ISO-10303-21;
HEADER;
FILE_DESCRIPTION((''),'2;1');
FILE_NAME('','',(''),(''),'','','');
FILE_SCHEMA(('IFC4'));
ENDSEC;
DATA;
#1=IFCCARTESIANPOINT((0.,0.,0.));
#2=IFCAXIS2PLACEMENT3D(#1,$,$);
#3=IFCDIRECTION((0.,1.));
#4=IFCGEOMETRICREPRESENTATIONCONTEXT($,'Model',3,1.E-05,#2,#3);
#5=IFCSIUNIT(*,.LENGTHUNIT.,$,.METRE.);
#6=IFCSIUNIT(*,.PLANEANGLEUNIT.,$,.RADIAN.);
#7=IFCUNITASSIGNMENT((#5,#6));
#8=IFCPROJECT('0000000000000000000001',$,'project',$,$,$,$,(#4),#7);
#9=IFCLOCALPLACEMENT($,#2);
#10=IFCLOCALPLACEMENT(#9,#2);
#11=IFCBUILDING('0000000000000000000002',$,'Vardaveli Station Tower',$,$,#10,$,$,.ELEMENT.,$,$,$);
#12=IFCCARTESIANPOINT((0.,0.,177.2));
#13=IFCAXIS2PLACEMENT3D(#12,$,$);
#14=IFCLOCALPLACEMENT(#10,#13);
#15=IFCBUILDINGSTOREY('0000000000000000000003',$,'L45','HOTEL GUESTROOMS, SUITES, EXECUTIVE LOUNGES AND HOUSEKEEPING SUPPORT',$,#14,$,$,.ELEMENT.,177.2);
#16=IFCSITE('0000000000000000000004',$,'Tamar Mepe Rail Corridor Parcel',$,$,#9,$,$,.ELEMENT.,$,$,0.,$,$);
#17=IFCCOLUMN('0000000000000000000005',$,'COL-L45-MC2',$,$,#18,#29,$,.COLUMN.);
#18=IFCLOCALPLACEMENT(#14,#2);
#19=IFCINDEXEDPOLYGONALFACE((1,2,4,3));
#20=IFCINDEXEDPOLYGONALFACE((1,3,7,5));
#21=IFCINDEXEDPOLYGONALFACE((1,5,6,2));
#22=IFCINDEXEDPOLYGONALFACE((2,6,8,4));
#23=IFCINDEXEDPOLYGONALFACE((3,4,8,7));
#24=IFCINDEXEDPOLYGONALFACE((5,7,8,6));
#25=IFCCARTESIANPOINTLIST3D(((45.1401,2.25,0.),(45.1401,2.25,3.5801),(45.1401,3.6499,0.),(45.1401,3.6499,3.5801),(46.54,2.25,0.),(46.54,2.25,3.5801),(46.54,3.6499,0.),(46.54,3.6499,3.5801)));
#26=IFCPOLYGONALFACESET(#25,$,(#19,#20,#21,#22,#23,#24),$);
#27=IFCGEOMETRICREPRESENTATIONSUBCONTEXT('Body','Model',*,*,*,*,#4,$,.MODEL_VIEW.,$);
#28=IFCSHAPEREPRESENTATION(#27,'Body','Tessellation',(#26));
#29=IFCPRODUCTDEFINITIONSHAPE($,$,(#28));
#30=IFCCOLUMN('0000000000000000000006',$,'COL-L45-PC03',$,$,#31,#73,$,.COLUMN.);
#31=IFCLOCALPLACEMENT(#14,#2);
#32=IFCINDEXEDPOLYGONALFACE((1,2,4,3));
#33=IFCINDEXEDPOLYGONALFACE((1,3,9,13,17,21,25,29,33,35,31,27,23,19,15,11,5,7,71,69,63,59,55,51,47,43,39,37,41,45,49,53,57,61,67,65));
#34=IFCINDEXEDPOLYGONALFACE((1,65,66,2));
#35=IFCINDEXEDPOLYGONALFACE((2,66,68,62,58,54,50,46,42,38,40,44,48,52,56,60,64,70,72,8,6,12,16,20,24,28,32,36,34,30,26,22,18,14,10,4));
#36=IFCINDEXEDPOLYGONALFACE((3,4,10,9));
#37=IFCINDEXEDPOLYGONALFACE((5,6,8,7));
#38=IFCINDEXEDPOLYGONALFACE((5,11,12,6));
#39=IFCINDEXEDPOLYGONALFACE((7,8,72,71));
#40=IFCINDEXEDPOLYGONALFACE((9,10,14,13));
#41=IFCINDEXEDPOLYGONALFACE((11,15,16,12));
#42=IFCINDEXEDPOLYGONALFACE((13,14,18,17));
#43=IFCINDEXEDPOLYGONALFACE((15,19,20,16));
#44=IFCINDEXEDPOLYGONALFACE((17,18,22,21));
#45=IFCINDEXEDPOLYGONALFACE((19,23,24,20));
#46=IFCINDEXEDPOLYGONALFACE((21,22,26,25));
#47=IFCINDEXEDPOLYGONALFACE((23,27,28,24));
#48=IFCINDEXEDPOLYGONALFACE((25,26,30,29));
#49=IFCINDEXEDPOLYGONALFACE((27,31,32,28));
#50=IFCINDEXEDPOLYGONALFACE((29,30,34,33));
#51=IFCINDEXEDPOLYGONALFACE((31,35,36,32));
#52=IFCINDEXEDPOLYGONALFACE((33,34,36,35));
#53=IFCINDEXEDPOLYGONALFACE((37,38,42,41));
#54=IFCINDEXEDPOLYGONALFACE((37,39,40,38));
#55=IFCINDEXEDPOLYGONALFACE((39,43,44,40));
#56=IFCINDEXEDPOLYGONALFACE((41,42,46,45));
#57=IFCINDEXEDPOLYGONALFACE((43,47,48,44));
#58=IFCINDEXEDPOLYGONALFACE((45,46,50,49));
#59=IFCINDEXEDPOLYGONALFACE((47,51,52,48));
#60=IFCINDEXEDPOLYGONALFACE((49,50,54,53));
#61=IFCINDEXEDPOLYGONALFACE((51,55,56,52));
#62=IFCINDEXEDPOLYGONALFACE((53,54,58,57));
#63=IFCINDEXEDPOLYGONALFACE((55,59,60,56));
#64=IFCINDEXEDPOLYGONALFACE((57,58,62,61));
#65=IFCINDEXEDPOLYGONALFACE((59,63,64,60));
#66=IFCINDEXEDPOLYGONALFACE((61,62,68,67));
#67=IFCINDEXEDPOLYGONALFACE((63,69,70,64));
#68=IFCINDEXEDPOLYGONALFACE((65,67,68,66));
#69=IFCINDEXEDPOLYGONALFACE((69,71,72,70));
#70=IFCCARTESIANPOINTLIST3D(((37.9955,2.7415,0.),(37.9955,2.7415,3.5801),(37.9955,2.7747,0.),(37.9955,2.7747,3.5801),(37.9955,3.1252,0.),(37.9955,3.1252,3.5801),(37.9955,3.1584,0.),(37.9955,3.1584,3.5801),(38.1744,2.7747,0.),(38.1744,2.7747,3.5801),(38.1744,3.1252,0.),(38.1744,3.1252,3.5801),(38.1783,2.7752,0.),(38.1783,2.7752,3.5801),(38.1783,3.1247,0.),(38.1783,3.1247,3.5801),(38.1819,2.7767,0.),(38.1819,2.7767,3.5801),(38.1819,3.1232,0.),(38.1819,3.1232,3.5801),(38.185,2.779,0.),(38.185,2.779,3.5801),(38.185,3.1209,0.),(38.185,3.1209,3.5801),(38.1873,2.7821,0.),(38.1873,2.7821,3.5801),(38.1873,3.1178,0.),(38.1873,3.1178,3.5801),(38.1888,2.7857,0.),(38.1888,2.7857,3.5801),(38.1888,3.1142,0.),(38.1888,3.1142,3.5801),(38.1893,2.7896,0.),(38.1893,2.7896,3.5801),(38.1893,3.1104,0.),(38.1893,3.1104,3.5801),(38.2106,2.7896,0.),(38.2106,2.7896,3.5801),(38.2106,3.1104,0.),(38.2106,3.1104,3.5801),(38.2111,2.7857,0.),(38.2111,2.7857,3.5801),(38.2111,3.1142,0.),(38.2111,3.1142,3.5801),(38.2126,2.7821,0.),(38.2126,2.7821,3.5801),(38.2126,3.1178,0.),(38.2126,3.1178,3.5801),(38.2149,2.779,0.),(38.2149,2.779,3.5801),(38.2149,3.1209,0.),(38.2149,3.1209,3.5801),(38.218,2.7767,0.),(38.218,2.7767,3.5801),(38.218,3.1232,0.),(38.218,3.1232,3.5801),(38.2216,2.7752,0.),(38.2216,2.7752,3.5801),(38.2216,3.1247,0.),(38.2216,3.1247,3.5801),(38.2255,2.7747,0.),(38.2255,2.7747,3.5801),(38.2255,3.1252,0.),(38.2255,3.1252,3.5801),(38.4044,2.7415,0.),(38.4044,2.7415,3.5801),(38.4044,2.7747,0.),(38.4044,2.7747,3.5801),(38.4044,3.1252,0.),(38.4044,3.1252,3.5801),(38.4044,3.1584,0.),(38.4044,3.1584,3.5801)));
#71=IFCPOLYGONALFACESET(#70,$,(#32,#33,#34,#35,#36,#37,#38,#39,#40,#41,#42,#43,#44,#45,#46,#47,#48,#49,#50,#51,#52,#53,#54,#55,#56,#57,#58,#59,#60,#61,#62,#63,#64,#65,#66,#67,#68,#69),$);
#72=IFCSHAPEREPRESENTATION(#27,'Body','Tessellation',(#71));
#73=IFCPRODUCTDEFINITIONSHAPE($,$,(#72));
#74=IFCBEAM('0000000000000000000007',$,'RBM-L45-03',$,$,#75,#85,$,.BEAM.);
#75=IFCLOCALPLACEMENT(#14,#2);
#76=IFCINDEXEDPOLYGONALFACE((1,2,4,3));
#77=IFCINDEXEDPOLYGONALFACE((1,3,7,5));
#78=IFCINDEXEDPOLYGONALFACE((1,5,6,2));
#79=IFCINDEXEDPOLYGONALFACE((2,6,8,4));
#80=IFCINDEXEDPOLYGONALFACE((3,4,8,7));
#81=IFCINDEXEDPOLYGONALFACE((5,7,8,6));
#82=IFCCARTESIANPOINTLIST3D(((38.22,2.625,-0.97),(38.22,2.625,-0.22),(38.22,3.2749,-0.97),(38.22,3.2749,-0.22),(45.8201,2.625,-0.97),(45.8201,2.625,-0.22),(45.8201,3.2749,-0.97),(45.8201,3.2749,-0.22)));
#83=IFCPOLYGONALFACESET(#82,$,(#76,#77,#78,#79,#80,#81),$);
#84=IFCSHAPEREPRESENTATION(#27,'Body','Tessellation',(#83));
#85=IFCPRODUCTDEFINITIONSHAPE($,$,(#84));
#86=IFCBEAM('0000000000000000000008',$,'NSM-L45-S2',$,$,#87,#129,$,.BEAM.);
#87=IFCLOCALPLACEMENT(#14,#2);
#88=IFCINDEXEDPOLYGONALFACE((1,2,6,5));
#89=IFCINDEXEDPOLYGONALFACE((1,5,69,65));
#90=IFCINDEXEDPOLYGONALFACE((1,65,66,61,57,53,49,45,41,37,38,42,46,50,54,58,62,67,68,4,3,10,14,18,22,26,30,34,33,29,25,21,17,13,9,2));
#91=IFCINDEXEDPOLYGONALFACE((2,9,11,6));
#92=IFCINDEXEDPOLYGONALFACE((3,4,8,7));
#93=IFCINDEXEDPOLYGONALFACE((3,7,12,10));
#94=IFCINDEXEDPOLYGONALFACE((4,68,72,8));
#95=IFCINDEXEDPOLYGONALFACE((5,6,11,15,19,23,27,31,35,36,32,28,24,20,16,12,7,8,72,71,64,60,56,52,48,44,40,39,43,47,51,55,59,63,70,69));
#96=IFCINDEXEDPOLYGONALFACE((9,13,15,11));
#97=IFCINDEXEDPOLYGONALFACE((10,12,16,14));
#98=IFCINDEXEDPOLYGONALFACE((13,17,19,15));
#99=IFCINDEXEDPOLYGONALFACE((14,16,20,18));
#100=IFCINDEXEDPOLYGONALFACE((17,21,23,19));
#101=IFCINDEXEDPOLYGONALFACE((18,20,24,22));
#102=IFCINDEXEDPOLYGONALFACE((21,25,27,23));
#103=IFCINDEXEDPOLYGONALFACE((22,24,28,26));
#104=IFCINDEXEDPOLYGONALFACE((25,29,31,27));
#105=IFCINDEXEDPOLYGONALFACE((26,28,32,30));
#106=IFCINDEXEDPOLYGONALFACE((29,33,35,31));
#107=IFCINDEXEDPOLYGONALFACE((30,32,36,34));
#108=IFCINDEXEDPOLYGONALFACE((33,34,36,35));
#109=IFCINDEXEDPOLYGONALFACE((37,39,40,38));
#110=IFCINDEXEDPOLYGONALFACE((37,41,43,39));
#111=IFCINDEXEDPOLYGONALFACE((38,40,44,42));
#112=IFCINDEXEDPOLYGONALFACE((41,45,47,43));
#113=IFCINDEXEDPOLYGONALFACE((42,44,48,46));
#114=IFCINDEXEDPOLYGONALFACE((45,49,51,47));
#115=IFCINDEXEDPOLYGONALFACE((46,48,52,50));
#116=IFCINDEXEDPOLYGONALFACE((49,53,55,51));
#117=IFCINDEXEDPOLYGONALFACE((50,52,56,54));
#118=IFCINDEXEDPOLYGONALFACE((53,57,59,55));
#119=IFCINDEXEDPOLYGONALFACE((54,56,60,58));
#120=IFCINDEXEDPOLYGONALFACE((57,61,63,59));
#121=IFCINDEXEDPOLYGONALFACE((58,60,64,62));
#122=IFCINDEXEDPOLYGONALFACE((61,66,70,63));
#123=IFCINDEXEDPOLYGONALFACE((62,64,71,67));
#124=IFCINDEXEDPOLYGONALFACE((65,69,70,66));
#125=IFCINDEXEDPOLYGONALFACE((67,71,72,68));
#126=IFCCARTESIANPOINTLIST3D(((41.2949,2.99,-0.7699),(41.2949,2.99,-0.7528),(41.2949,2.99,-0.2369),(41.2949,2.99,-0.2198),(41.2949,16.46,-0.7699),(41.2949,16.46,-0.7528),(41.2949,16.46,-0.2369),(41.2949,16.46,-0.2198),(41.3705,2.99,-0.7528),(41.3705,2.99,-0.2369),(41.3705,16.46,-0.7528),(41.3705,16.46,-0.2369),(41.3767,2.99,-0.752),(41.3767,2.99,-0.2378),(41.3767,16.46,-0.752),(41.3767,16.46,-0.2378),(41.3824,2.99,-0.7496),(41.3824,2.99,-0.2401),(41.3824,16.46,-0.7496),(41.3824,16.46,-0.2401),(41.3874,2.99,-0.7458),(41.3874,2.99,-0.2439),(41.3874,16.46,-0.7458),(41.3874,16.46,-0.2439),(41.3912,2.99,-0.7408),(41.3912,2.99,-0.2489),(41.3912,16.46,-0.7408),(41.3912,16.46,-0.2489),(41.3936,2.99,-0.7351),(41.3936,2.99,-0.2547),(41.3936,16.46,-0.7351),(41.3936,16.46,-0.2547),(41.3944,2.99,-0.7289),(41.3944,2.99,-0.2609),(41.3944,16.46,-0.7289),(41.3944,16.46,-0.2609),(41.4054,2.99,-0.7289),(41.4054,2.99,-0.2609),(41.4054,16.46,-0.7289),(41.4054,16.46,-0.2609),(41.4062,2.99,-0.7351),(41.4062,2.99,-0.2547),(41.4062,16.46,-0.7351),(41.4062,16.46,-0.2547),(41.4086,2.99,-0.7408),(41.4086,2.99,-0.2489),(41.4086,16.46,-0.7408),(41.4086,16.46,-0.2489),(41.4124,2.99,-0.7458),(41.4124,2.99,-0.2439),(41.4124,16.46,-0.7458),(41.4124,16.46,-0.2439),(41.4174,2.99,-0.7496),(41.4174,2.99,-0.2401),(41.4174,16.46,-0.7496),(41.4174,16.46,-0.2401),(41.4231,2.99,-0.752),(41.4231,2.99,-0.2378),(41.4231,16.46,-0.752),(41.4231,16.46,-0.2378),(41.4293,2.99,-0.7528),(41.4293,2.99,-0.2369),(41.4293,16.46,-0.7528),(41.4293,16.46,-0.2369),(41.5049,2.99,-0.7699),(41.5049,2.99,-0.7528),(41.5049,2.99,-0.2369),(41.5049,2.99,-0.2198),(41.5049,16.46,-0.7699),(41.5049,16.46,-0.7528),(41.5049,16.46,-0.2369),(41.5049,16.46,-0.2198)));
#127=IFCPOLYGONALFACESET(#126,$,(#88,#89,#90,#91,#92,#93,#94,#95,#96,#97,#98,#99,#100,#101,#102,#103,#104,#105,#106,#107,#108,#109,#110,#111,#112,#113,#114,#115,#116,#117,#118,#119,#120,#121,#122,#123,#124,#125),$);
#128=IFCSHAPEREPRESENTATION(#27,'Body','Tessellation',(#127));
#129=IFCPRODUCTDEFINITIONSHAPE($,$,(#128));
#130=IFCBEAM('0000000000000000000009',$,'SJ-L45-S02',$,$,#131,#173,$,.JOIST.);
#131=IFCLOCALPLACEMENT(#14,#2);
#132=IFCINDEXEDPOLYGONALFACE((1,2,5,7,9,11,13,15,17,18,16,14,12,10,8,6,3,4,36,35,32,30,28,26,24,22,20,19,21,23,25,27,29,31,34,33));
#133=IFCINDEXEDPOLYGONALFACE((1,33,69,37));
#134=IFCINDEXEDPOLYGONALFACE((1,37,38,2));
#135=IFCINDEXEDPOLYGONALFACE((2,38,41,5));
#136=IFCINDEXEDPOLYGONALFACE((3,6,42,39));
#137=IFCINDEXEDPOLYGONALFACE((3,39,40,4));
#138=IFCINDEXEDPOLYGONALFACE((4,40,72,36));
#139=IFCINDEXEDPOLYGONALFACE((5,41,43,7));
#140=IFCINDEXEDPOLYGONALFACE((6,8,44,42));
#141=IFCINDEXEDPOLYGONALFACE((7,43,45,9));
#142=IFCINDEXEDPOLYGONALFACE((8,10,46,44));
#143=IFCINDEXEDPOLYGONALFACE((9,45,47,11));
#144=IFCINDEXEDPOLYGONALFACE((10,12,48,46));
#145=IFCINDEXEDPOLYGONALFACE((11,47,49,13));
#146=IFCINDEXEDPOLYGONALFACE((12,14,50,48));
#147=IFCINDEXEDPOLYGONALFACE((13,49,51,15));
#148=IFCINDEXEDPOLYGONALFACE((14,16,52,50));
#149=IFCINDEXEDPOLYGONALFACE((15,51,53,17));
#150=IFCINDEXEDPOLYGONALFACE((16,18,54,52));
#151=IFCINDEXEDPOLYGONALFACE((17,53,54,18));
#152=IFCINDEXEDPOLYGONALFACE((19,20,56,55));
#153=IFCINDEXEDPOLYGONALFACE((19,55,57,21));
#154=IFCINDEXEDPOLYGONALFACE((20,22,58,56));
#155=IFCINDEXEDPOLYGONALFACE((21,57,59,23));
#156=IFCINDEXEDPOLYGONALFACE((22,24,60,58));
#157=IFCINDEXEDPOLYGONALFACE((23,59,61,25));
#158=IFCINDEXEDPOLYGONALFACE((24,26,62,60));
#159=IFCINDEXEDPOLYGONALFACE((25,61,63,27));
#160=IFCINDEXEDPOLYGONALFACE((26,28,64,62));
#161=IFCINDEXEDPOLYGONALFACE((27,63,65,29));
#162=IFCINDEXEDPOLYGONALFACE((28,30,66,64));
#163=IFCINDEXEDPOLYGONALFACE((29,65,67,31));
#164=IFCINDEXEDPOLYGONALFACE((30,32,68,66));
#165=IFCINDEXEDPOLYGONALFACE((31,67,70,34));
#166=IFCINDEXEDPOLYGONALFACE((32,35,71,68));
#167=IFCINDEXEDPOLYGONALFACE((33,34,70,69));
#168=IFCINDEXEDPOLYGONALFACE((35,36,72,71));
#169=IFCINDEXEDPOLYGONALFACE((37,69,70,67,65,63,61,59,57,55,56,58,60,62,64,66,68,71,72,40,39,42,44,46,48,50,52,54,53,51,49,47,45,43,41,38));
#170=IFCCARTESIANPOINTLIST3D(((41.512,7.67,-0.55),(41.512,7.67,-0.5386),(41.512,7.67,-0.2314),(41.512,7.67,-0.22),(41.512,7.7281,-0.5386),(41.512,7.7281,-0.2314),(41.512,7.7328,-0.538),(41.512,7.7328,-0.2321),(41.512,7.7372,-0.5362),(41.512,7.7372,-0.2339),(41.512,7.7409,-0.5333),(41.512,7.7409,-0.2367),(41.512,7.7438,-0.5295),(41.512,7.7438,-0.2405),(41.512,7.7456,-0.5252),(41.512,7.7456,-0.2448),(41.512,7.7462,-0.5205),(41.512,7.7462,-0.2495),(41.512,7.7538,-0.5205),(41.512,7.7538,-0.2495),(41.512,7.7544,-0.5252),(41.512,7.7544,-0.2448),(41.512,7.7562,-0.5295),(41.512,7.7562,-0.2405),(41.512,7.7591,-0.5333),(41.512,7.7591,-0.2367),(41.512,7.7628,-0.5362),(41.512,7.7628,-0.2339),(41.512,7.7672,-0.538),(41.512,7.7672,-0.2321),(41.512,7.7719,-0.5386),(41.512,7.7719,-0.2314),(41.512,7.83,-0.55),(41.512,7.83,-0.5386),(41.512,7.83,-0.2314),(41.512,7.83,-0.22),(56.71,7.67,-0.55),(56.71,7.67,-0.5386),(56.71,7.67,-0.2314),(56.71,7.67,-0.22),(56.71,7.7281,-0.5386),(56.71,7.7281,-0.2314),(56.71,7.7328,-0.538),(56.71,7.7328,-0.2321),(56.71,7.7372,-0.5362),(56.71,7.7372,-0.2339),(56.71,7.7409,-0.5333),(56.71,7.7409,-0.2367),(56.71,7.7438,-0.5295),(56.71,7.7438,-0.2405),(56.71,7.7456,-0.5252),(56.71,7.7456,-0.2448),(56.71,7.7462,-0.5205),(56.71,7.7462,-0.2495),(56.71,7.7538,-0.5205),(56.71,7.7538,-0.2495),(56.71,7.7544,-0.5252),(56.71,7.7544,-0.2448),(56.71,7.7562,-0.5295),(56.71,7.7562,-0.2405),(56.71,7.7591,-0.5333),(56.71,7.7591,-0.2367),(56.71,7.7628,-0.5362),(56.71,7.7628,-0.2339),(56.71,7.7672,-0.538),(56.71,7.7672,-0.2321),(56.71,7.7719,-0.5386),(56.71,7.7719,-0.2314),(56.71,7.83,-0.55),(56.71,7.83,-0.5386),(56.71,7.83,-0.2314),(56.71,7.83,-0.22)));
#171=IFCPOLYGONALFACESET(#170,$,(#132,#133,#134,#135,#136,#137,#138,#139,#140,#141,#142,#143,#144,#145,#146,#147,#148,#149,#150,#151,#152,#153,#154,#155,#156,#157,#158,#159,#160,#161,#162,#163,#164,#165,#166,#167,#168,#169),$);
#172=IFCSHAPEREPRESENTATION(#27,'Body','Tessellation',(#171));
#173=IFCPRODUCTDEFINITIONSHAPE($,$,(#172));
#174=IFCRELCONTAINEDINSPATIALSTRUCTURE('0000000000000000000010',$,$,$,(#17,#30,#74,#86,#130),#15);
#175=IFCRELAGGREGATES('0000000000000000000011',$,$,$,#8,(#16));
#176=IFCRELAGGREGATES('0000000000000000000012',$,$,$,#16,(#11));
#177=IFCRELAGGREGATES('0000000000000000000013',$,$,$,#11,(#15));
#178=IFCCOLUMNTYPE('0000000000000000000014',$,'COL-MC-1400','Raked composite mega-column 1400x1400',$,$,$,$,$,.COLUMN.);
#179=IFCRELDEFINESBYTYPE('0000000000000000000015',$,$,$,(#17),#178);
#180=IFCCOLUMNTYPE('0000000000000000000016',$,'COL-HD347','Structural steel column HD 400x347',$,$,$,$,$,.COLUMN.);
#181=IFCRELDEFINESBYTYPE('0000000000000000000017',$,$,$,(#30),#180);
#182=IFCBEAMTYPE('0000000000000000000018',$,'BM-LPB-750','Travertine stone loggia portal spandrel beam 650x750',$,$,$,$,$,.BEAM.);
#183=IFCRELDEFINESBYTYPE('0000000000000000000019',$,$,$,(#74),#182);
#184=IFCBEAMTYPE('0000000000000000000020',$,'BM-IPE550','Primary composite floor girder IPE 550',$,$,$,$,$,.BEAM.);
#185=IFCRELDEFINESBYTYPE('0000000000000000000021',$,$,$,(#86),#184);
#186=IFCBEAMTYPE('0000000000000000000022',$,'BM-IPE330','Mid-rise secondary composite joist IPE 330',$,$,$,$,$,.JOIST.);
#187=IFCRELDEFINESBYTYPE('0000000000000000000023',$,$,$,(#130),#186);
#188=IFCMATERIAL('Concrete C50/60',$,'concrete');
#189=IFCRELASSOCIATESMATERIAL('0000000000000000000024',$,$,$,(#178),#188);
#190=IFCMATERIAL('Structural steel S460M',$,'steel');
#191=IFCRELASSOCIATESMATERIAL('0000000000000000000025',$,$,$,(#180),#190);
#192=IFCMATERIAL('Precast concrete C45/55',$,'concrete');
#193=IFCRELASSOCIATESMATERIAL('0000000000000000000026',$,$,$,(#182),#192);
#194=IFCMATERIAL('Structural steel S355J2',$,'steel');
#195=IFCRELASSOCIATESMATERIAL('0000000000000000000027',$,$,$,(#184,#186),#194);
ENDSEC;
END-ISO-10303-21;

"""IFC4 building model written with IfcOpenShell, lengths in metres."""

from ifc_helpers import new_model, si_unit, direction, frame, origin, origin_2d, place, context, subcontext, project, spatial, rectangle, i_section, extrude, source, transform, mapped, material, material_profile, profile_set, type_object, element, save


model = new_model("IFC4")

# Units and contexts
model_context = context("Model", 3, precision=1e-05, world=origin(), true_north=direction((0.0, 1.0)))
body_context = subcontext(model_context, "Body", "Model", "MODEL_VIEW")
ifc_project = project(units=[si_unit("LENGTHUNIT", "METRE"), si_unit("PLANEANGLEUNIT", "RADIAN")], contexts=[model_context])

# Site, building, storey
site_placement = place(None, origin())
site = spatial("IfcSite", under=ifc_project, at=site_placement, Name="Tamar Mepe Rail Corridor Parcel", CompositionType="ELEMENT", RefElevation=0.0)
building_placement = place(site_placement, origin())
building = spatial("IfcBuilding", under=site, at=building_placement, Name="Vardaveli Station Tower", CompositionType="ELEMENT")
storey_placement = place(building_placement, frame((0.0, 0.0, 177.2)))
storey = spatial("IfcBuildingStorey", under=building, at=storey_placement, Name="L45", Description="HOTEL GUESTROOMS, SUITES, EXECUTIVE LOUNGES AND HOUSEKEEPING SUPPORT", CompositionType="ELEMENT", Elevation=177.2)

# Columns
ifc_material_1 = material(Name="Concrete C50/60", Category="concrete")
ifc_material_profile_1 = material_profile(ifc_material_1, rectangle(XDim=1.3999, YDim=1.3999, at=origin_2d()), Name="MC 1400x1400")
ifc_profile_set_1 = profile_set([ifc_material_profile_1], Name="Concrete C50/60")
column_type_1 = type_object("IfcColumnType", Name="COL-MC-1400", Description="Raked composite mega-column 1400x1400", PredefinedType="COLUMN", material=ifc_profile_set_1)
shared_shape_1 = source(origin(), body_context, "Body", "SweptSolid", [
    extrude(rectangle(XDim=1.3999, YDim=1.3999, at=origin_2d()), origin(), (0.0, 0.0, 1.0), 3.5801),
])
column_1_placement = place(storey_placement, frame((45.8401, 2.95, 0.0), z_axis=(0.0, 0.0, 1.0), x_axis=(1.0, 0.0, 0.0)))
element("IfcColumn", 1, at=column_1_placement, inside=storey, type_object=column_type_1, Name="COL-L45-MC2", PredefinedType="COLUMN", context=body_context, shape_type="MappedRepresentation", body=[
    mapped(shared_shape_1, transform((0.0, 0.0, 0.0), scale=1.0)),
])
ifc_material_2 = material(Name="Structural steel S460M", Category="steel")
ifc_material_profile_2 = material_profile(ifc_material_2, i_section(OverallWidth=0.4089, OverallDepth=0.417, WebThickness=0.0212, FlangeThickness=0.0332, FilletRadius=0.0149, at=origin_2d()), Name="HD 400x347")
ifc_profile_set_2 = profile_set([ifc_material_profile_2], Name="Structural steel S460M")
column_type_2 = type_object("IfcColumnType", Name="COL-HD347", Description="Structural steel column HD 400x347", PredefinedType="COLUMN", material=ifc_profile_set_2)
shared_shape_2 = source(origin(), body_context, "Body", "SweptSolid", [
    extrude(i_section(OverallWidth=0.4089, OverallDepth=0.417, WebThickness=0.0212, FlangeThickness=0.0332, FilletRadius=0.0149, at=origin_2d()), origin(), (0.0, 0.0, 1.0), 3.5801),
])
column_2_placement = place(storey_placement, frame((38.2, 2.95, 0.0), z_axis=(0.0, 0.0, 1.0), x_axis=(1.0, 0.0, 0.0)))
element("IfcColumn", 2, at=column_2_placement, inside=storey, type_object=column_type_2, Name="COL-L45-PC03", PredefinedType="COLUMN", context=body_context, shape_type="MappedRepresentation", body=[
    mapped(shared_shape_2, transform((0.0, 0.0, 0.0), scale=1.0)),
])

# Beams
ifc_material_3 = material(Name="Precast concrete C45/55", Category="concrete")
ifc_material_profile_3 = material_profile(ifc_material_3, rectangle(XDim=0.6499, YDim=0.75, at=origin_2d()), Name="LPB 650x750")
ifc_profile_set_3 = profile_set([ifc_material_profile_3], Name="Precast concrete C45/55")
beam_type_1 = type_object("IfcBeamType", Name="BM-LPB-750", Description="Travertine stone loggia portal spandrel beam 650x750", PredefinedType="BEAM", material=ifc_profile_set_3)
shared_shape_3 = source(origin(), body_context, "Body", "SweptSolid", [
    extrude(rectangle(XDim=0.6499, YDim=0.75, at=origin_2d()), origin(), (0.0, 0.0, 1.0), 7.6001),
])
beam_1_placement = place(storey_placement, frame((38.22, 2.95, -0.595), z_axis=(1.0, 0.0, 0.0), x_axis=(0.0, 1.0, 0.0)))
element("IfcBeam", 3, at=beam_1_placement, inside=storey, type_object=beam_type_1, Name="RBM-L45-03", PredefinedType="BEAM", context=body_context, shape_type="MappedRepresentation", body=[
    mapped(shared_shape_3, transform((0.0, 0.0, 0.0), scale=1.0)),
])
ifc_material_4 = material(Name="Structural steel S355J2", Category="steel")
ifc_material_profile_4 = material_profile(ifc_material_4, i_section(OverallWidth=0.21, OverallDepth=0.55, WebThickness=0.011, FlangeThickness=0.0171, FilletRadius=0.0239, at=origin_2d()), Name="IPE 550")
ifc_profile_set_4 = profile_set([ifc_material_profile_4], Name="Structural steel S355J2")
beam_type_2 = type_object("IfcBeamType", Name="BM-IPE550", Description="Primary composite floor girder IPE 550", PredefinedType="BEAM", material=ifc_profile_set_4)
shared_shape_4 = source(origin(), body_context, "Body", "SweptSolid", [
    extrude(i_section(OverallWidth=0.21, OverallDepth=0.55, WebThickness=0.011, FlangeThickness=0.0171, FilletRadius=0.0239, at=origin_2d()), origin(), (0.0, 0.0, 1.0), 13.47),
])
beam_2_placement = place(storey_placement, frame((41.3999, 2.99, -0.4949), z_axis=(0.0, 1.0, 0.0), x_axis=(-1.0, 0.0, 0.0)))
element("IfcBeam", 4, at=beam_2_placement, inside=storey, type_object=beam_type_2, Name="NSM-L45-S2", PredefinedType="BEAM", context=body_context, shape_type="MappedRepresentation", body=[
    mapped(shared_shape_4, transform((0.0, 0.0, 0.0), scale=1.0)),
])
ifc_material_profile_5 = material_profile(ifc_material_4, i_section(OverallWidth=0.1599, OverallDepth=0.3301, WebThickness=0.0076, FlangeThickness=0.0115, FilletRadius=0.0181, at=origin_2d()), Name="IPE 330")
ifc_profile_set_5 = profile_set([ifc_material_profile_5], Name="Structural steel S355J2")
beam_type_3 = type_object("IfcBeamType", Name="BM-IPE330", Description="Mid-rise secondary composite joist IPE 330", PredefinedType="JOIST", material=ifc_profile_set_5)
shared_shape_5 = source(origin(), body_context, "Body", "SweptSolid", [
    extrude(i_section(OverallWidth=0.1599, OverallDepth=0.3301, WebThickness=0.0076, FlangeThickness=0.0115, FilletRadius=0.0181, at=origin_2d()), origin(), (0.0, 0.0, 1.0), 15.198),
])
for number, where, z_axis, x_axis, name in (
    (5, (41.512, 7.75, -0.385), (1.0, 0.0, 0.0), (0.0, 1.0, 0.0), "SJ-L45-S02"),
):
    element("IfcBeam", number, at=place(storey_placement, frame(where, z_axis=z_axis, x_axis=x_axis)), inside=storey, type_object=beam_type_3, Name=name, PredefinedType="JOIST", context=body_context, shape_type="MappedRepresentation", body=[
        mapped(shared_shape_5, transform((0.0, 0.0, 0.0), scale=1.0)),
    ])

save(model, "model.ifc")
